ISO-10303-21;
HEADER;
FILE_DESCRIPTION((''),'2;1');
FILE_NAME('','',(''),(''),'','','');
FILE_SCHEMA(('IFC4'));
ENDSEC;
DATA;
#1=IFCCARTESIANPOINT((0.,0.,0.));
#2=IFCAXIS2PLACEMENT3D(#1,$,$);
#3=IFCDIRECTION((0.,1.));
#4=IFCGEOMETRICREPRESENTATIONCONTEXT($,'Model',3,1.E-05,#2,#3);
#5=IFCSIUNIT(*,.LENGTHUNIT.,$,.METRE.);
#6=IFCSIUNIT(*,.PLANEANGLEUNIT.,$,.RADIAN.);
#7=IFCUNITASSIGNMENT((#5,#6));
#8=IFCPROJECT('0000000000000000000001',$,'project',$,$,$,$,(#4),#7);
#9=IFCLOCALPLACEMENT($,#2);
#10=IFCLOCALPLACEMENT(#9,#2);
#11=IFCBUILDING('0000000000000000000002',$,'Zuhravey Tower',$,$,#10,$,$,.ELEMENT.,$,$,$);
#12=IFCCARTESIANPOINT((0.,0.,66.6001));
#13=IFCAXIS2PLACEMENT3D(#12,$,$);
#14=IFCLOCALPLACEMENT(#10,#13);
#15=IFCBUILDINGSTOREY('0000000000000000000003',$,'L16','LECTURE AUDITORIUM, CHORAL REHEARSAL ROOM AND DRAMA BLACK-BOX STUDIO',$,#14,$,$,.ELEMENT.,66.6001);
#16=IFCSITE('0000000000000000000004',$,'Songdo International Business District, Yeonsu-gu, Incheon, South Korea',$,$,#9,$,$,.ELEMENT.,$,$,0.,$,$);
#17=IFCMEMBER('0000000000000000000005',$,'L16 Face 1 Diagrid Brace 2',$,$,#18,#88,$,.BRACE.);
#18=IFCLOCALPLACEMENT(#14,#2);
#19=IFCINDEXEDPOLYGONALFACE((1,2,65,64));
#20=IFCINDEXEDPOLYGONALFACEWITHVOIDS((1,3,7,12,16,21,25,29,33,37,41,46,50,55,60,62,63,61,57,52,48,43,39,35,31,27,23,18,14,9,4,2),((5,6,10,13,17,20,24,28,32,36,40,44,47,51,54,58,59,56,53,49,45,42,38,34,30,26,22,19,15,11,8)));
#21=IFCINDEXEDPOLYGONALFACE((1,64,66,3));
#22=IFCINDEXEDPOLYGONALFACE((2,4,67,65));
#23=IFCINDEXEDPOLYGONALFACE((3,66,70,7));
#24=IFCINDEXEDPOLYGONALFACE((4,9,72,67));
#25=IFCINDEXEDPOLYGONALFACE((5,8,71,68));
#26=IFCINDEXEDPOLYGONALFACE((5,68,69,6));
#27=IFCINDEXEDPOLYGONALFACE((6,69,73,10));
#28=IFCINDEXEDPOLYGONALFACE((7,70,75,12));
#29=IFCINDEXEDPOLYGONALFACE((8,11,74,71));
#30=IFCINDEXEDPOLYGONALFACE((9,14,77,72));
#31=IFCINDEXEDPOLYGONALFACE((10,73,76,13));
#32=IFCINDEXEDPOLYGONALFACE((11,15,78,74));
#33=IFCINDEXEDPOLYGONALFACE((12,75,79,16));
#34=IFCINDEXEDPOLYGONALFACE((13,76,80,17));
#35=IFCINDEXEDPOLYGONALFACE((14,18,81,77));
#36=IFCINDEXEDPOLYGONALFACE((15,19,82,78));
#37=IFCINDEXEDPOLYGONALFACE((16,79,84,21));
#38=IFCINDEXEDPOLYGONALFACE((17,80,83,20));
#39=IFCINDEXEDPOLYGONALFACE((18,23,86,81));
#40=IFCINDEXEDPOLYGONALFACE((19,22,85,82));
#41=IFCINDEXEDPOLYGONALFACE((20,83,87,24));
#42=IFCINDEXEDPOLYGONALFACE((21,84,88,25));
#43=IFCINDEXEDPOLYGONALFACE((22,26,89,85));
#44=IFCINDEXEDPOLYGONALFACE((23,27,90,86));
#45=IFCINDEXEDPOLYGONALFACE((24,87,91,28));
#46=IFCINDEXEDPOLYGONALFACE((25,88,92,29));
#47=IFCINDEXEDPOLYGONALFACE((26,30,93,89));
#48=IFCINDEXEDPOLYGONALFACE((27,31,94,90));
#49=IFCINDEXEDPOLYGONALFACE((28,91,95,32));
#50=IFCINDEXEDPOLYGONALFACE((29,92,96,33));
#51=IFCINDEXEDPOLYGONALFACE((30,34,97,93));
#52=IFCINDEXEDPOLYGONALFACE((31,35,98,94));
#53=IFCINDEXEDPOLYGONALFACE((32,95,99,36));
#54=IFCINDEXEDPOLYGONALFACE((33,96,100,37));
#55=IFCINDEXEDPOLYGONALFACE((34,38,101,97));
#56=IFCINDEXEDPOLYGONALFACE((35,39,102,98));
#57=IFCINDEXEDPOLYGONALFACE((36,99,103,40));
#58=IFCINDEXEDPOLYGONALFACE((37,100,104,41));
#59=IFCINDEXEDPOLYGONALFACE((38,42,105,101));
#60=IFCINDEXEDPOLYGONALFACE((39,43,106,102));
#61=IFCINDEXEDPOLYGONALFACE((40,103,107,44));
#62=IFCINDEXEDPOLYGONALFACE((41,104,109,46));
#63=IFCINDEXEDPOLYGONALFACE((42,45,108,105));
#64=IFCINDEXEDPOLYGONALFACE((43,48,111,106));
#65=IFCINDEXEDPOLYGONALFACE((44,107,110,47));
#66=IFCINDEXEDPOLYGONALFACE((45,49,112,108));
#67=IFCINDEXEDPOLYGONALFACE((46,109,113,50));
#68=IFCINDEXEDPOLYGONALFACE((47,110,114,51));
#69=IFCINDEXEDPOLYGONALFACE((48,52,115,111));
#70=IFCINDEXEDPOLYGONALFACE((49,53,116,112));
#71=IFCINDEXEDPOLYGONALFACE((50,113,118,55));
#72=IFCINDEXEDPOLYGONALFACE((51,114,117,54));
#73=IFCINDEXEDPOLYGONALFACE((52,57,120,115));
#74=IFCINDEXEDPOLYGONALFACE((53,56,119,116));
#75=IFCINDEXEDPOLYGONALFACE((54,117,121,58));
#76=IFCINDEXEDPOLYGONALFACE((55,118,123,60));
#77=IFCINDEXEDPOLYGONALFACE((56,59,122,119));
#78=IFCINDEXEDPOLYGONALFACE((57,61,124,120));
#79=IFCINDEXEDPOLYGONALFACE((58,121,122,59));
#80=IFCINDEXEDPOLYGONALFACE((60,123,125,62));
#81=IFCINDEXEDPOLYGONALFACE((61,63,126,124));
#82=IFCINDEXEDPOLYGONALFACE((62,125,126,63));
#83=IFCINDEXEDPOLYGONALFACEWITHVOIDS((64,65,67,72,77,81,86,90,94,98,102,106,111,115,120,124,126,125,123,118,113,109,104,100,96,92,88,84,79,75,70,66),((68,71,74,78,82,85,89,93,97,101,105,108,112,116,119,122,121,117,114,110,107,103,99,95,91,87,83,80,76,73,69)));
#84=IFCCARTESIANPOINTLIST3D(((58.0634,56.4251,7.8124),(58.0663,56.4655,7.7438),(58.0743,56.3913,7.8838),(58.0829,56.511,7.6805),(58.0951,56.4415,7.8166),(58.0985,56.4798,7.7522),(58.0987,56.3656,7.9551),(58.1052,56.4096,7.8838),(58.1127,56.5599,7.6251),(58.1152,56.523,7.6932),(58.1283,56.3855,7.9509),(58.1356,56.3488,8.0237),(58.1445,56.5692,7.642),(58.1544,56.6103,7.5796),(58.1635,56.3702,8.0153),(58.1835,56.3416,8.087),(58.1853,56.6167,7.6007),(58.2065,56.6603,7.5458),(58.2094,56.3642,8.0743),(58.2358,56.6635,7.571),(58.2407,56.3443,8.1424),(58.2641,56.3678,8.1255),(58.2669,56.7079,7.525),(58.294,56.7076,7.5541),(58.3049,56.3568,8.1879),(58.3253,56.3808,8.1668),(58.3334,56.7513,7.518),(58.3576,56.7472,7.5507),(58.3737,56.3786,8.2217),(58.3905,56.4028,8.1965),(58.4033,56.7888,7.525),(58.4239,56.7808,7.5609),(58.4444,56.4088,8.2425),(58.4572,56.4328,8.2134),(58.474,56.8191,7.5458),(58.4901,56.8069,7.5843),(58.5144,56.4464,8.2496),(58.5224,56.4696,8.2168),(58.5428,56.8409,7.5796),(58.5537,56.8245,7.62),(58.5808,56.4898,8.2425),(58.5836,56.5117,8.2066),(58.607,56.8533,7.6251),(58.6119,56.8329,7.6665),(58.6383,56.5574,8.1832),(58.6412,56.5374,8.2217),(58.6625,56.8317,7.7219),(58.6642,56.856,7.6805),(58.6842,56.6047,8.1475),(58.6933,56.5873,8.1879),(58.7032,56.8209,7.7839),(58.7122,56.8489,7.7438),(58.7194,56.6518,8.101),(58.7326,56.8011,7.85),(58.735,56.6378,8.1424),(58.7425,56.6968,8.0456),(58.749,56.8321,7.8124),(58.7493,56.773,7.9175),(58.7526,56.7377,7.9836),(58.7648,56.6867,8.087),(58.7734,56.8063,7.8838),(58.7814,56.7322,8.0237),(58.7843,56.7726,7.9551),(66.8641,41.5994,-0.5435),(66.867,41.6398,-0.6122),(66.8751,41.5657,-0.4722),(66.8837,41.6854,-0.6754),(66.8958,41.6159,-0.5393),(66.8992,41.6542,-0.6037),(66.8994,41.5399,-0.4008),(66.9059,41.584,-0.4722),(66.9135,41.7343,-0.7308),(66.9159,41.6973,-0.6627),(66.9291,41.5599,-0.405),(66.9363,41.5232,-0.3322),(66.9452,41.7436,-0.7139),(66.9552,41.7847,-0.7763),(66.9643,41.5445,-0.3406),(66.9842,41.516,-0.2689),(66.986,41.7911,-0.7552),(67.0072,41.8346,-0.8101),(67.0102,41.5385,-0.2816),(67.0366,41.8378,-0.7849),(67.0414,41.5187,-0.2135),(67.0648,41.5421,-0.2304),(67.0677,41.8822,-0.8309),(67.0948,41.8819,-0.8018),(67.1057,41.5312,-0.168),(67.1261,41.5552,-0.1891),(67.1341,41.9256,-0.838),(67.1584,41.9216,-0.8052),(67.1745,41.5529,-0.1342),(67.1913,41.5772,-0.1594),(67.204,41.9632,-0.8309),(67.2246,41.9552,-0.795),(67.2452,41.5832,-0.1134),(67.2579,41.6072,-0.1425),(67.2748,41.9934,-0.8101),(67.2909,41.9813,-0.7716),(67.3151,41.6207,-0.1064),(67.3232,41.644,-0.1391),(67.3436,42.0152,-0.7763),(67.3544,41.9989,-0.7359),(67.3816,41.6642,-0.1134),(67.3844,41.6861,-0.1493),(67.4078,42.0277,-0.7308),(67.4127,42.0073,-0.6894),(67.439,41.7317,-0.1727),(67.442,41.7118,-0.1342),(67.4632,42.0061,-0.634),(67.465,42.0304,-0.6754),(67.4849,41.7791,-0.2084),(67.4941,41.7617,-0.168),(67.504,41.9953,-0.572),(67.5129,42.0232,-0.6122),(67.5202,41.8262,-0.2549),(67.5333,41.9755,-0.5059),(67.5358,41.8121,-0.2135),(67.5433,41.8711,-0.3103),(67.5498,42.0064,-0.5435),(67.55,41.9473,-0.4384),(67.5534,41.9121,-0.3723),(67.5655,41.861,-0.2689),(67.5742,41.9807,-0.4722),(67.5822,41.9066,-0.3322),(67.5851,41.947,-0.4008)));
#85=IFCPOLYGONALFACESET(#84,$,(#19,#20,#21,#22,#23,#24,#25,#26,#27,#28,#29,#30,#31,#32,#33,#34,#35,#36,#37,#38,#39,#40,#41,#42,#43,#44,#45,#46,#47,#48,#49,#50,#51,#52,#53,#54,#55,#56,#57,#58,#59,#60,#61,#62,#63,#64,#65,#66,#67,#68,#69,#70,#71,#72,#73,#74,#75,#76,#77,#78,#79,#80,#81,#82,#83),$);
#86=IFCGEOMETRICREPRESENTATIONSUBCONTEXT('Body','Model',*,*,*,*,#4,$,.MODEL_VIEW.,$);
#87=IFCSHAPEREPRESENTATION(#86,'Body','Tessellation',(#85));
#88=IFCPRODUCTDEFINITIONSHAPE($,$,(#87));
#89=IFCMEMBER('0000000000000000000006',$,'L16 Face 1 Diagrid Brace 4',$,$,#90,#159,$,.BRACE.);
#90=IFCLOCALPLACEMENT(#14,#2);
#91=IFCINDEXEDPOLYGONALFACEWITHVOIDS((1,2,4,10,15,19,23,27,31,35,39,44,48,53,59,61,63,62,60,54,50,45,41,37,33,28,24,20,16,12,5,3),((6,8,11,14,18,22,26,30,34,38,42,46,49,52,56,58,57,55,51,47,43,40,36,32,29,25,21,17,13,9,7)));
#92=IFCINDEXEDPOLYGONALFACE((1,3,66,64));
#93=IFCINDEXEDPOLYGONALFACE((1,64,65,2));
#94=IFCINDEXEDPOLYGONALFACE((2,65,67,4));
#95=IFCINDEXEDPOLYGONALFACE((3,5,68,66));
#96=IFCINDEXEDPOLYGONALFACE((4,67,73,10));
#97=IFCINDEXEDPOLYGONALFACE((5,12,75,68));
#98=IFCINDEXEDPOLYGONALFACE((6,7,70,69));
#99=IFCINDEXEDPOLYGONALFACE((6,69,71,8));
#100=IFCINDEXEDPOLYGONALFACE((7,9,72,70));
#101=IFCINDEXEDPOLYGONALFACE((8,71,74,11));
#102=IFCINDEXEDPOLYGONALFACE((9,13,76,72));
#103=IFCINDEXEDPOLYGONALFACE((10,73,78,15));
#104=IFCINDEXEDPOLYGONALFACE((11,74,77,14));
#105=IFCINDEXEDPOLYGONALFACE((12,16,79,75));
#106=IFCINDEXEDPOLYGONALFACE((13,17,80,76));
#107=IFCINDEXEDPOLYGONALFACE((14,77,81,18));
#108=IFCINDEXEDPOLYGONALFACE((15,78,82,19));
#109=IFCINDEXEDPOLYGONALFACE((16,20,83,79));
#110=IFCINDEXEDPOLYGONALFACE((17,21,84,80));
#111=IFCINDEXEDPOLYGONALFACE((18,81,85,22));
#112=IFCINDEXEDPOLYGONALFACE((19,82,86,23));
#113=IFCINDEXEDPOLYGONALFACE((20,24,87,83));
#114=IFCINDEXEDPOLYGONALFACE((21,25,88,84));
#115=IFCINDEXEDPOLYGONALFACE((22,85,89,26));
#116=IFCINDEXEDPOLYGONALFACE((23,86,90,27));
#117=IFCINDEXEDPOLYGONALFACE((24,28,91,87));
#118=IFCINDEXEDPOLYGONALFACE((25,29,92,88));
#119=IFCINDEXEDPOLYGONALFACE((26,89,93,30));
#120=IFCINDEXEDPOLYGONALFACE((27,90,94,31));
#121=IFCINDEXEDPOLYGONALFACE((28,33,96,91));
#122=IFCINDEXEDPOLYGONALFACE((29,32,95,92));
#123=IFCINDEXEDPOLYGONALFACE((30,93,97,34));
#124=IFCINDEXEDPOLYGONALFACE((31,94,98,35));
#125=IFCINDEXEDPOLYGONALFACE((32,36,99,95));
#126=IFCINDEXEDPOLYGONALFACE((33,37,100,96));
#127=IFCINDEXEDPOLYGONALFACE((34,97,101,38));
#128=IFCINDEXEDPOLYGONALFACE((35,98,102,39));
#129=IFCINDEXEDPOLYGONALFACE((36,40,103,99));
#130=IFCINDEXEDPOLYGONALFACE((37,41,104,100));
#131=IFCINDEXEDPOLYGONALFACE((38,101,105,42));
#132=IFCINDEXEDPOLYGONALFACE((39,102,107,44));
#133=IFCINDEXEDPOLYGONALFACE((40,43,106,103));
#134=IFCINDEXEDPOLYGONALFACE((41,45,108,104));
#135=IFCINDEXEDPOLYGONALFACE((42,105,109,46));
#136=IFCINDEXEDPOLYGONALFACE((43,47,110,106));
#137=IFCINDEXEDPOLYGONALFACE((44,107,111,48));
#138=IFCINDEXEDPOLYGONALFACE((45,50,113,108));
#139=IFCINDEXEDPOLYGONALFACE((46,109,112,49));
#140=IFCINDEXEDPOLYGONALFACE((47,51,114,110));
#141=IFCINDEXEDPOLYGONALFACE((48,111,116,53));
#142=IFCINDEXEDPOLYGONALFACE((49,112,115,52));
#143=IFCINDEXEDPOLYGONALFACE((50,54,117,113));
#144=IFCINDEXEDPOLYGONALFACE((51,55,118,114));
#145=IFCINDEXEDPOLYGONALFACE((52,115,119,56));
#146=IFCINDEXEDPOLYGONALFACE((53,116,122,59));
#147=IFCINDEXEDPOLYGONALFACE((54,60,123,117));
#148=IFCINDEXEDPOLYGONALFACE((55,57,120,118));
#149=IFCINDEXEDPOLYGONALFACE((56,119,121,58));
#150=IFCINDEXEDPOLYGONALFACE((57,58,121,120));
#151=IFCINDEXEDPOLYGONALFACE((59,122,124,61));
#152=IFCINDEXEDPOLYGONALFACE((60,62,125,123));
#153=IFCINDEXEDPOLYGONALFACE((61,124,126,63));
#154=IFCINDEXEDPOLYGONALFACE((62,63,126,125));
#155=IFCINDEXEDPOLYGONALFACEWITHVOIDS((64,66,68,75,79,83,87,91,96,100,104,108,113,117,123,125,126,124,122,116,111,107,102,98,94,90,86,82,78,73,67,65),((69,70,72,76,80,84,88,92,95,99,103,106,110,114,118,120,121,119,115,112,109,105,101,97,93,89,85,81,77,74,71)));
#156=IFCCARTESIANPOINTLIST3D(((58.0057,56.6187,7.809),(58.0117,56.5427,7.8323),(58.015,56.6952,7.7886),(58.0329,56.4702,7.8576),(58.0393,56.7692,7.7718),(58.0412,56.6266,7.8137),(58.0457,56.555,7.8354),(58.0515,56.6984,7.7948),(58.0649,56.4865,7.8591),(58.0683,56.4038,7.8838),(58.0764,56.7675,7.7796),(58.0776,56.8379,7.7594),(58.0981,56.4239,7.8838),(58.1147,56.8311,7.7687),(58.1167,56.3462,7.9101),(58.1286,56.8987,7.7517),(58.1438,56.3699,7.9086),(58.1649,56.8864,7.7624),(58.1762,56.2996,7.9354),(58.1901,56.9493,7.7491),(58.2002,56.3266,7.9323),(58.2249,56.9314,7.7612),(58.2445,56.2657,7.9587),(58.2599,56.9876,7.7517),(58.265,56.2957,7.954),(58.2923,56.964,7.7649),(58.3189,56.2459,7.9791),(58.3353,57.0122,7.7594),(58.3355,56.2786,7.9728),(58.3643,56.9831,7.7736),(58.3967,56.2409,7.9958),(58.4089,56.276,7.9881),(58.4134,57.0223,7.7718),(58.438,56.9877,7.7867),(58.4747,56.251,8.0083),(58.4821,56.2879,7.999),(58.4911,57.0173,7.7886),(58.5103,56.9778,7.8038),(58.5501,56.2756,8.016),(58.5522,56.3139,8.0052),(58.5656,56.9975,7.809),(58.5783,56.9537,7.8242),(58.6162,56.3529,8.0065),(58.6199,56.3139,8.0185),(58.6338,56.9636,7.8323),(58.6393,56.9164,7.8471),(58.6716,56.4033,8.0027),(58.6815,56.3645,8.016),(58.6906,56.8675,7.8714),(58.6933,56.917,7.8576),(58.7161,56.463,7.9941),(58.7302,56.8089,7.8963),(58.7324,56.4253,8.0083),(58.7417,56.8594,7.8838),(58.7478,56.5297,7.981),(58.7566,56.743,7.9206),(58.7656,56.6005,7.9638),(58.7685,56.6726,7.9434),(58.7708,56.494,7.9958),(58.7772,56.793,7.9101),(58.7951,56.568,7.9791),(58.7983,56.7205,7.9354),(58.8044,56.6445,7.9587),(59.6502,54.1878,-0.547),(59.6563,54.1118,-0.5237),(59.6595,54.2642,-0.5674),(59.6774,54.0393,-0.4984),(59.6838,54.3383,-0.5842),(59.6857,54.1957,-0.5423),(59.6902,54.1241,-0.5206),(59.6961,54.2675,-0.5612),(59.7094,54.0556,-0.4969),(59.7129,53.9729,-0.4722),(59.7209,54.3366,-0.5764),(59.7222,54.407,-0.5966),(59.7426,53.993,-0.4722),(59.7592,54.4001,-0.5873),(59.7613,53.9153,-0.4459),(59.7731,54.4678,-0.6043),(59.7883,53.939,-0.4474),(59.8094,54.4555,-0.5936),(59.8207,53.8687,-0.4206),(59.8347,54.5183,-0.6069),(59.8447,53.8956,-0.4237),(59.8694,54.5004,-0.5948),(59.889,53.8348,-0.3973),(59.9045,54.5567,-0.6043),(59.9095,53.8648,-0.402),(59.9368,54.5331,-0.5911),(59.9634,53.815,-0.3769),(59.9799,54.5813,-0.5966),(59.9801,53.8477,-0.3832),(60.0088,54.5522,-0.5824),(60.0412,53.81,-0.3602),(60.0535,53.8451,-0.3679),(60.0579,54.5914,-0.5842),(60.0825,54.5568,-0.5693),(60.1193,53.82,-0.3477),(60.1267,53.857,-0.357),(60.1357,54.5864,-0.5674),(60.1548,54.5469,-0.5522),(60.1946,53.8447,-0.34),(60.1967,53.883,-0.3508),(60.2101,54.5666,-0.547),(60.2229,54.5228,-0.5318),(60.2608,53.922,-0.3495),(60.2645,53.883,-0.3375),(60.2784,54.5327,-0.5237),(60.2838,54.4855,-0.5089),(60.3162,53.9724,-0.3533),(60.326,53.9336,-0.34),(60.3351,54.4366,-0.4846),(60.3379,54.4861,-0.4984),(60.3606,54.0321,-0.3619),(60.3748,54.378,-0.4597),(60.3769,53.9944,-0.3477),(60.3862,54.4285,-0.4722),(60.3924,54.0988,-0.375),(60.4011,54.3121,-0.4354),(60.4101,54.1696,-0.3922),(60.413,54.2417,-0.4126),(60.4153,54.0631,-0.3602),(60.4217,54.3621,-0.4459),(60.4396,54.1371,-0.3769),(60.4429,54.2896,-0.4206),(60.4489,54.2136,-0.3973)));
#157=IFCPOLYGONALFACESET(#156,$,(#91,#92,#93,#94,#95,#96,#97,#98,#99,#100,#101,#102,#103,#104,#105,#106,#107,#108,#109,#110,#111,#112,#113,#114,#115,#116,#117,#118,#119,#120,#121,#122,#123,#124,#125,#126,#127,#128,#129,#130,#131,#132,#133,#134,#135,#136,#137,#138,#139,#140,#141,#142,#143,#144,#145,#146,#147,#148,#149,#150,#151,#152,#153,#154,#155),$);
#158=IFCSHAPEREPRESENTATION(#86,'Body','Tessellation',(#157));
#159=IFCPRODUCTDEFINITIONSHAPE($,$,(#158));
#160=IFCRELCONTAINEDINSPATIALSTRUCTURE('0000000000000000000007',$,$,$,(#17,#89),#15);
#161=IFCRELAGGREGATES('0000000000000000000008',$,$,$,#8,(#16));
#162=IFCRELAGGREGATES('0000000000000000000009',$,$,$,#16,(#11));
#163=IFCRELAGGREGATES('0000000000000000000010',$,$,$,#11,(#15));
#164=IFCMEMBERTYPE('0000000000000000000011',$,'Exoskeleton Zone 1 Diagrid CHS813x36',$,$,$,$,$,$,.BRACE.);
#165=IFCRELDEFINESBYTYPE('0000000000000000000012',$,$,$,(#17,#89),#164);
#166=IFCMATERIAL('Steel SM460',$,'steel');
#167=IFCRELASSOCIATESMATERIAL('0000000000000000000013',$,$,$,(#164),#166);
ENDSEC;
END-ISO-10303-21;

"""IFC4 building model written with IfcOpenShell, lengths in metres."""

from ifc_helpers import new_model, si_unit, direction, frame, origin, origin_2d, place, context, subcontext, project, spatial, hollow_circle, extrude, material, material_profile, profile_set, type_object, element, save


model = new_model("IFC4")

# Units and contexts
model_context = context("Model", 3, precision=1e-05, world=origin(), true_north=direction((0.0, 1.0)))
body_context = subcontext(model_context, "Body", "Model", "MODEL_VIEW")
ifc_project = project(units=[si_unit("LENGTHUNIT", "METRE"), si_unit("PLANEANGLEUNIT", "RADIAN")], contexts=[model_context])

# Site, building, storey
site_placement = place(None, origin())
site = spatial("IfcSite", under=ifc_project, at=site_placement, Name="Songdo International Business District, Yeonsu-gu, Incheon, South Korea", CompositionType="ELEMENT", RefElevation=0.0)
building_placement = place(site_placement, origin())
building = spatial("IfcBuilding", under=site, at=building_placement, Name="Zuhravey Tower", CompositionType="ELEMENT")
storey_placement = place(building_placement, frame((0.0, 0.0, 66.6001)))
storey = spatial("IfcBuildingStorey", under=building, at=storey_placement, Name="L16", Description="LECTURE AUDITORIUM, CHORAL REHEARSAL ROOM AND DRAMA BLACK-BOX STUDIO", CompositionType="ELEMENT", Elevation=66.6001)

# Members
ifc_material_1 = material(Name="Steel SM460", Category="steel")
ifc_material_profile_1 = material_profile(ifc_material_1, hollow_circle(Radius=0.4065, WallThickness=0.0359, at=origin_2d()), Name="CHS-812.8x36")
ifc_profile_set_1 = profile_set([ifc_material_profile_1], Name="Steel SM460")
member_type_1 = type_object("IfcMemberType", Name="Exoskeleton Zone 1 Diagrid CHS813x36", PredefinedType="BRACE", material=ifc_profile_set_1)
member_1_placement = place(storey_placement, frame((67.2246, 41.7732, -0.4722), z_axis=(-0.459349, 0.773814, 0.436132), x_axis=(-0.859905, -0.510454, 0.0)))
element("IfcMember", 1, at=member_1_placement, inside=storey, type_object=member_type_1, Name="L16 Face 1 Diagrid Brace 2", PredefinedType="BRACE", context=body_context, shape_type="SweptSolid", body=[
    extrude(hollow_circle(Radius=0.4065, WallThickness=0.0359, at=origin_2d()), origin(), (0.0, 0.0, 1.0), 19.1592),
])
member_2_placement = place(storey_placement, frame((60.0496, 54.2007, -0.4722), z_axis=(-0.185688, 0.27448, 0.943494), x_axis=(-0.828269, -0.560331, 0.0)))
element("IfcMember", 2, at=member_2_placement, inside=storey, type_object=member_type_1, Name="L16 Face 1 Diagrid Brace 4", PredefinedType="BRACE", context=body_context, shape_type="SweptSolid", body=[
    extrude(hollow_circle(Radius=0.4065, WallThickness=0.0359, at=origin_2d()), origin(), (0.0, 0.0, 1.0), 8.8564),
])

save(model, "model.ifc")
